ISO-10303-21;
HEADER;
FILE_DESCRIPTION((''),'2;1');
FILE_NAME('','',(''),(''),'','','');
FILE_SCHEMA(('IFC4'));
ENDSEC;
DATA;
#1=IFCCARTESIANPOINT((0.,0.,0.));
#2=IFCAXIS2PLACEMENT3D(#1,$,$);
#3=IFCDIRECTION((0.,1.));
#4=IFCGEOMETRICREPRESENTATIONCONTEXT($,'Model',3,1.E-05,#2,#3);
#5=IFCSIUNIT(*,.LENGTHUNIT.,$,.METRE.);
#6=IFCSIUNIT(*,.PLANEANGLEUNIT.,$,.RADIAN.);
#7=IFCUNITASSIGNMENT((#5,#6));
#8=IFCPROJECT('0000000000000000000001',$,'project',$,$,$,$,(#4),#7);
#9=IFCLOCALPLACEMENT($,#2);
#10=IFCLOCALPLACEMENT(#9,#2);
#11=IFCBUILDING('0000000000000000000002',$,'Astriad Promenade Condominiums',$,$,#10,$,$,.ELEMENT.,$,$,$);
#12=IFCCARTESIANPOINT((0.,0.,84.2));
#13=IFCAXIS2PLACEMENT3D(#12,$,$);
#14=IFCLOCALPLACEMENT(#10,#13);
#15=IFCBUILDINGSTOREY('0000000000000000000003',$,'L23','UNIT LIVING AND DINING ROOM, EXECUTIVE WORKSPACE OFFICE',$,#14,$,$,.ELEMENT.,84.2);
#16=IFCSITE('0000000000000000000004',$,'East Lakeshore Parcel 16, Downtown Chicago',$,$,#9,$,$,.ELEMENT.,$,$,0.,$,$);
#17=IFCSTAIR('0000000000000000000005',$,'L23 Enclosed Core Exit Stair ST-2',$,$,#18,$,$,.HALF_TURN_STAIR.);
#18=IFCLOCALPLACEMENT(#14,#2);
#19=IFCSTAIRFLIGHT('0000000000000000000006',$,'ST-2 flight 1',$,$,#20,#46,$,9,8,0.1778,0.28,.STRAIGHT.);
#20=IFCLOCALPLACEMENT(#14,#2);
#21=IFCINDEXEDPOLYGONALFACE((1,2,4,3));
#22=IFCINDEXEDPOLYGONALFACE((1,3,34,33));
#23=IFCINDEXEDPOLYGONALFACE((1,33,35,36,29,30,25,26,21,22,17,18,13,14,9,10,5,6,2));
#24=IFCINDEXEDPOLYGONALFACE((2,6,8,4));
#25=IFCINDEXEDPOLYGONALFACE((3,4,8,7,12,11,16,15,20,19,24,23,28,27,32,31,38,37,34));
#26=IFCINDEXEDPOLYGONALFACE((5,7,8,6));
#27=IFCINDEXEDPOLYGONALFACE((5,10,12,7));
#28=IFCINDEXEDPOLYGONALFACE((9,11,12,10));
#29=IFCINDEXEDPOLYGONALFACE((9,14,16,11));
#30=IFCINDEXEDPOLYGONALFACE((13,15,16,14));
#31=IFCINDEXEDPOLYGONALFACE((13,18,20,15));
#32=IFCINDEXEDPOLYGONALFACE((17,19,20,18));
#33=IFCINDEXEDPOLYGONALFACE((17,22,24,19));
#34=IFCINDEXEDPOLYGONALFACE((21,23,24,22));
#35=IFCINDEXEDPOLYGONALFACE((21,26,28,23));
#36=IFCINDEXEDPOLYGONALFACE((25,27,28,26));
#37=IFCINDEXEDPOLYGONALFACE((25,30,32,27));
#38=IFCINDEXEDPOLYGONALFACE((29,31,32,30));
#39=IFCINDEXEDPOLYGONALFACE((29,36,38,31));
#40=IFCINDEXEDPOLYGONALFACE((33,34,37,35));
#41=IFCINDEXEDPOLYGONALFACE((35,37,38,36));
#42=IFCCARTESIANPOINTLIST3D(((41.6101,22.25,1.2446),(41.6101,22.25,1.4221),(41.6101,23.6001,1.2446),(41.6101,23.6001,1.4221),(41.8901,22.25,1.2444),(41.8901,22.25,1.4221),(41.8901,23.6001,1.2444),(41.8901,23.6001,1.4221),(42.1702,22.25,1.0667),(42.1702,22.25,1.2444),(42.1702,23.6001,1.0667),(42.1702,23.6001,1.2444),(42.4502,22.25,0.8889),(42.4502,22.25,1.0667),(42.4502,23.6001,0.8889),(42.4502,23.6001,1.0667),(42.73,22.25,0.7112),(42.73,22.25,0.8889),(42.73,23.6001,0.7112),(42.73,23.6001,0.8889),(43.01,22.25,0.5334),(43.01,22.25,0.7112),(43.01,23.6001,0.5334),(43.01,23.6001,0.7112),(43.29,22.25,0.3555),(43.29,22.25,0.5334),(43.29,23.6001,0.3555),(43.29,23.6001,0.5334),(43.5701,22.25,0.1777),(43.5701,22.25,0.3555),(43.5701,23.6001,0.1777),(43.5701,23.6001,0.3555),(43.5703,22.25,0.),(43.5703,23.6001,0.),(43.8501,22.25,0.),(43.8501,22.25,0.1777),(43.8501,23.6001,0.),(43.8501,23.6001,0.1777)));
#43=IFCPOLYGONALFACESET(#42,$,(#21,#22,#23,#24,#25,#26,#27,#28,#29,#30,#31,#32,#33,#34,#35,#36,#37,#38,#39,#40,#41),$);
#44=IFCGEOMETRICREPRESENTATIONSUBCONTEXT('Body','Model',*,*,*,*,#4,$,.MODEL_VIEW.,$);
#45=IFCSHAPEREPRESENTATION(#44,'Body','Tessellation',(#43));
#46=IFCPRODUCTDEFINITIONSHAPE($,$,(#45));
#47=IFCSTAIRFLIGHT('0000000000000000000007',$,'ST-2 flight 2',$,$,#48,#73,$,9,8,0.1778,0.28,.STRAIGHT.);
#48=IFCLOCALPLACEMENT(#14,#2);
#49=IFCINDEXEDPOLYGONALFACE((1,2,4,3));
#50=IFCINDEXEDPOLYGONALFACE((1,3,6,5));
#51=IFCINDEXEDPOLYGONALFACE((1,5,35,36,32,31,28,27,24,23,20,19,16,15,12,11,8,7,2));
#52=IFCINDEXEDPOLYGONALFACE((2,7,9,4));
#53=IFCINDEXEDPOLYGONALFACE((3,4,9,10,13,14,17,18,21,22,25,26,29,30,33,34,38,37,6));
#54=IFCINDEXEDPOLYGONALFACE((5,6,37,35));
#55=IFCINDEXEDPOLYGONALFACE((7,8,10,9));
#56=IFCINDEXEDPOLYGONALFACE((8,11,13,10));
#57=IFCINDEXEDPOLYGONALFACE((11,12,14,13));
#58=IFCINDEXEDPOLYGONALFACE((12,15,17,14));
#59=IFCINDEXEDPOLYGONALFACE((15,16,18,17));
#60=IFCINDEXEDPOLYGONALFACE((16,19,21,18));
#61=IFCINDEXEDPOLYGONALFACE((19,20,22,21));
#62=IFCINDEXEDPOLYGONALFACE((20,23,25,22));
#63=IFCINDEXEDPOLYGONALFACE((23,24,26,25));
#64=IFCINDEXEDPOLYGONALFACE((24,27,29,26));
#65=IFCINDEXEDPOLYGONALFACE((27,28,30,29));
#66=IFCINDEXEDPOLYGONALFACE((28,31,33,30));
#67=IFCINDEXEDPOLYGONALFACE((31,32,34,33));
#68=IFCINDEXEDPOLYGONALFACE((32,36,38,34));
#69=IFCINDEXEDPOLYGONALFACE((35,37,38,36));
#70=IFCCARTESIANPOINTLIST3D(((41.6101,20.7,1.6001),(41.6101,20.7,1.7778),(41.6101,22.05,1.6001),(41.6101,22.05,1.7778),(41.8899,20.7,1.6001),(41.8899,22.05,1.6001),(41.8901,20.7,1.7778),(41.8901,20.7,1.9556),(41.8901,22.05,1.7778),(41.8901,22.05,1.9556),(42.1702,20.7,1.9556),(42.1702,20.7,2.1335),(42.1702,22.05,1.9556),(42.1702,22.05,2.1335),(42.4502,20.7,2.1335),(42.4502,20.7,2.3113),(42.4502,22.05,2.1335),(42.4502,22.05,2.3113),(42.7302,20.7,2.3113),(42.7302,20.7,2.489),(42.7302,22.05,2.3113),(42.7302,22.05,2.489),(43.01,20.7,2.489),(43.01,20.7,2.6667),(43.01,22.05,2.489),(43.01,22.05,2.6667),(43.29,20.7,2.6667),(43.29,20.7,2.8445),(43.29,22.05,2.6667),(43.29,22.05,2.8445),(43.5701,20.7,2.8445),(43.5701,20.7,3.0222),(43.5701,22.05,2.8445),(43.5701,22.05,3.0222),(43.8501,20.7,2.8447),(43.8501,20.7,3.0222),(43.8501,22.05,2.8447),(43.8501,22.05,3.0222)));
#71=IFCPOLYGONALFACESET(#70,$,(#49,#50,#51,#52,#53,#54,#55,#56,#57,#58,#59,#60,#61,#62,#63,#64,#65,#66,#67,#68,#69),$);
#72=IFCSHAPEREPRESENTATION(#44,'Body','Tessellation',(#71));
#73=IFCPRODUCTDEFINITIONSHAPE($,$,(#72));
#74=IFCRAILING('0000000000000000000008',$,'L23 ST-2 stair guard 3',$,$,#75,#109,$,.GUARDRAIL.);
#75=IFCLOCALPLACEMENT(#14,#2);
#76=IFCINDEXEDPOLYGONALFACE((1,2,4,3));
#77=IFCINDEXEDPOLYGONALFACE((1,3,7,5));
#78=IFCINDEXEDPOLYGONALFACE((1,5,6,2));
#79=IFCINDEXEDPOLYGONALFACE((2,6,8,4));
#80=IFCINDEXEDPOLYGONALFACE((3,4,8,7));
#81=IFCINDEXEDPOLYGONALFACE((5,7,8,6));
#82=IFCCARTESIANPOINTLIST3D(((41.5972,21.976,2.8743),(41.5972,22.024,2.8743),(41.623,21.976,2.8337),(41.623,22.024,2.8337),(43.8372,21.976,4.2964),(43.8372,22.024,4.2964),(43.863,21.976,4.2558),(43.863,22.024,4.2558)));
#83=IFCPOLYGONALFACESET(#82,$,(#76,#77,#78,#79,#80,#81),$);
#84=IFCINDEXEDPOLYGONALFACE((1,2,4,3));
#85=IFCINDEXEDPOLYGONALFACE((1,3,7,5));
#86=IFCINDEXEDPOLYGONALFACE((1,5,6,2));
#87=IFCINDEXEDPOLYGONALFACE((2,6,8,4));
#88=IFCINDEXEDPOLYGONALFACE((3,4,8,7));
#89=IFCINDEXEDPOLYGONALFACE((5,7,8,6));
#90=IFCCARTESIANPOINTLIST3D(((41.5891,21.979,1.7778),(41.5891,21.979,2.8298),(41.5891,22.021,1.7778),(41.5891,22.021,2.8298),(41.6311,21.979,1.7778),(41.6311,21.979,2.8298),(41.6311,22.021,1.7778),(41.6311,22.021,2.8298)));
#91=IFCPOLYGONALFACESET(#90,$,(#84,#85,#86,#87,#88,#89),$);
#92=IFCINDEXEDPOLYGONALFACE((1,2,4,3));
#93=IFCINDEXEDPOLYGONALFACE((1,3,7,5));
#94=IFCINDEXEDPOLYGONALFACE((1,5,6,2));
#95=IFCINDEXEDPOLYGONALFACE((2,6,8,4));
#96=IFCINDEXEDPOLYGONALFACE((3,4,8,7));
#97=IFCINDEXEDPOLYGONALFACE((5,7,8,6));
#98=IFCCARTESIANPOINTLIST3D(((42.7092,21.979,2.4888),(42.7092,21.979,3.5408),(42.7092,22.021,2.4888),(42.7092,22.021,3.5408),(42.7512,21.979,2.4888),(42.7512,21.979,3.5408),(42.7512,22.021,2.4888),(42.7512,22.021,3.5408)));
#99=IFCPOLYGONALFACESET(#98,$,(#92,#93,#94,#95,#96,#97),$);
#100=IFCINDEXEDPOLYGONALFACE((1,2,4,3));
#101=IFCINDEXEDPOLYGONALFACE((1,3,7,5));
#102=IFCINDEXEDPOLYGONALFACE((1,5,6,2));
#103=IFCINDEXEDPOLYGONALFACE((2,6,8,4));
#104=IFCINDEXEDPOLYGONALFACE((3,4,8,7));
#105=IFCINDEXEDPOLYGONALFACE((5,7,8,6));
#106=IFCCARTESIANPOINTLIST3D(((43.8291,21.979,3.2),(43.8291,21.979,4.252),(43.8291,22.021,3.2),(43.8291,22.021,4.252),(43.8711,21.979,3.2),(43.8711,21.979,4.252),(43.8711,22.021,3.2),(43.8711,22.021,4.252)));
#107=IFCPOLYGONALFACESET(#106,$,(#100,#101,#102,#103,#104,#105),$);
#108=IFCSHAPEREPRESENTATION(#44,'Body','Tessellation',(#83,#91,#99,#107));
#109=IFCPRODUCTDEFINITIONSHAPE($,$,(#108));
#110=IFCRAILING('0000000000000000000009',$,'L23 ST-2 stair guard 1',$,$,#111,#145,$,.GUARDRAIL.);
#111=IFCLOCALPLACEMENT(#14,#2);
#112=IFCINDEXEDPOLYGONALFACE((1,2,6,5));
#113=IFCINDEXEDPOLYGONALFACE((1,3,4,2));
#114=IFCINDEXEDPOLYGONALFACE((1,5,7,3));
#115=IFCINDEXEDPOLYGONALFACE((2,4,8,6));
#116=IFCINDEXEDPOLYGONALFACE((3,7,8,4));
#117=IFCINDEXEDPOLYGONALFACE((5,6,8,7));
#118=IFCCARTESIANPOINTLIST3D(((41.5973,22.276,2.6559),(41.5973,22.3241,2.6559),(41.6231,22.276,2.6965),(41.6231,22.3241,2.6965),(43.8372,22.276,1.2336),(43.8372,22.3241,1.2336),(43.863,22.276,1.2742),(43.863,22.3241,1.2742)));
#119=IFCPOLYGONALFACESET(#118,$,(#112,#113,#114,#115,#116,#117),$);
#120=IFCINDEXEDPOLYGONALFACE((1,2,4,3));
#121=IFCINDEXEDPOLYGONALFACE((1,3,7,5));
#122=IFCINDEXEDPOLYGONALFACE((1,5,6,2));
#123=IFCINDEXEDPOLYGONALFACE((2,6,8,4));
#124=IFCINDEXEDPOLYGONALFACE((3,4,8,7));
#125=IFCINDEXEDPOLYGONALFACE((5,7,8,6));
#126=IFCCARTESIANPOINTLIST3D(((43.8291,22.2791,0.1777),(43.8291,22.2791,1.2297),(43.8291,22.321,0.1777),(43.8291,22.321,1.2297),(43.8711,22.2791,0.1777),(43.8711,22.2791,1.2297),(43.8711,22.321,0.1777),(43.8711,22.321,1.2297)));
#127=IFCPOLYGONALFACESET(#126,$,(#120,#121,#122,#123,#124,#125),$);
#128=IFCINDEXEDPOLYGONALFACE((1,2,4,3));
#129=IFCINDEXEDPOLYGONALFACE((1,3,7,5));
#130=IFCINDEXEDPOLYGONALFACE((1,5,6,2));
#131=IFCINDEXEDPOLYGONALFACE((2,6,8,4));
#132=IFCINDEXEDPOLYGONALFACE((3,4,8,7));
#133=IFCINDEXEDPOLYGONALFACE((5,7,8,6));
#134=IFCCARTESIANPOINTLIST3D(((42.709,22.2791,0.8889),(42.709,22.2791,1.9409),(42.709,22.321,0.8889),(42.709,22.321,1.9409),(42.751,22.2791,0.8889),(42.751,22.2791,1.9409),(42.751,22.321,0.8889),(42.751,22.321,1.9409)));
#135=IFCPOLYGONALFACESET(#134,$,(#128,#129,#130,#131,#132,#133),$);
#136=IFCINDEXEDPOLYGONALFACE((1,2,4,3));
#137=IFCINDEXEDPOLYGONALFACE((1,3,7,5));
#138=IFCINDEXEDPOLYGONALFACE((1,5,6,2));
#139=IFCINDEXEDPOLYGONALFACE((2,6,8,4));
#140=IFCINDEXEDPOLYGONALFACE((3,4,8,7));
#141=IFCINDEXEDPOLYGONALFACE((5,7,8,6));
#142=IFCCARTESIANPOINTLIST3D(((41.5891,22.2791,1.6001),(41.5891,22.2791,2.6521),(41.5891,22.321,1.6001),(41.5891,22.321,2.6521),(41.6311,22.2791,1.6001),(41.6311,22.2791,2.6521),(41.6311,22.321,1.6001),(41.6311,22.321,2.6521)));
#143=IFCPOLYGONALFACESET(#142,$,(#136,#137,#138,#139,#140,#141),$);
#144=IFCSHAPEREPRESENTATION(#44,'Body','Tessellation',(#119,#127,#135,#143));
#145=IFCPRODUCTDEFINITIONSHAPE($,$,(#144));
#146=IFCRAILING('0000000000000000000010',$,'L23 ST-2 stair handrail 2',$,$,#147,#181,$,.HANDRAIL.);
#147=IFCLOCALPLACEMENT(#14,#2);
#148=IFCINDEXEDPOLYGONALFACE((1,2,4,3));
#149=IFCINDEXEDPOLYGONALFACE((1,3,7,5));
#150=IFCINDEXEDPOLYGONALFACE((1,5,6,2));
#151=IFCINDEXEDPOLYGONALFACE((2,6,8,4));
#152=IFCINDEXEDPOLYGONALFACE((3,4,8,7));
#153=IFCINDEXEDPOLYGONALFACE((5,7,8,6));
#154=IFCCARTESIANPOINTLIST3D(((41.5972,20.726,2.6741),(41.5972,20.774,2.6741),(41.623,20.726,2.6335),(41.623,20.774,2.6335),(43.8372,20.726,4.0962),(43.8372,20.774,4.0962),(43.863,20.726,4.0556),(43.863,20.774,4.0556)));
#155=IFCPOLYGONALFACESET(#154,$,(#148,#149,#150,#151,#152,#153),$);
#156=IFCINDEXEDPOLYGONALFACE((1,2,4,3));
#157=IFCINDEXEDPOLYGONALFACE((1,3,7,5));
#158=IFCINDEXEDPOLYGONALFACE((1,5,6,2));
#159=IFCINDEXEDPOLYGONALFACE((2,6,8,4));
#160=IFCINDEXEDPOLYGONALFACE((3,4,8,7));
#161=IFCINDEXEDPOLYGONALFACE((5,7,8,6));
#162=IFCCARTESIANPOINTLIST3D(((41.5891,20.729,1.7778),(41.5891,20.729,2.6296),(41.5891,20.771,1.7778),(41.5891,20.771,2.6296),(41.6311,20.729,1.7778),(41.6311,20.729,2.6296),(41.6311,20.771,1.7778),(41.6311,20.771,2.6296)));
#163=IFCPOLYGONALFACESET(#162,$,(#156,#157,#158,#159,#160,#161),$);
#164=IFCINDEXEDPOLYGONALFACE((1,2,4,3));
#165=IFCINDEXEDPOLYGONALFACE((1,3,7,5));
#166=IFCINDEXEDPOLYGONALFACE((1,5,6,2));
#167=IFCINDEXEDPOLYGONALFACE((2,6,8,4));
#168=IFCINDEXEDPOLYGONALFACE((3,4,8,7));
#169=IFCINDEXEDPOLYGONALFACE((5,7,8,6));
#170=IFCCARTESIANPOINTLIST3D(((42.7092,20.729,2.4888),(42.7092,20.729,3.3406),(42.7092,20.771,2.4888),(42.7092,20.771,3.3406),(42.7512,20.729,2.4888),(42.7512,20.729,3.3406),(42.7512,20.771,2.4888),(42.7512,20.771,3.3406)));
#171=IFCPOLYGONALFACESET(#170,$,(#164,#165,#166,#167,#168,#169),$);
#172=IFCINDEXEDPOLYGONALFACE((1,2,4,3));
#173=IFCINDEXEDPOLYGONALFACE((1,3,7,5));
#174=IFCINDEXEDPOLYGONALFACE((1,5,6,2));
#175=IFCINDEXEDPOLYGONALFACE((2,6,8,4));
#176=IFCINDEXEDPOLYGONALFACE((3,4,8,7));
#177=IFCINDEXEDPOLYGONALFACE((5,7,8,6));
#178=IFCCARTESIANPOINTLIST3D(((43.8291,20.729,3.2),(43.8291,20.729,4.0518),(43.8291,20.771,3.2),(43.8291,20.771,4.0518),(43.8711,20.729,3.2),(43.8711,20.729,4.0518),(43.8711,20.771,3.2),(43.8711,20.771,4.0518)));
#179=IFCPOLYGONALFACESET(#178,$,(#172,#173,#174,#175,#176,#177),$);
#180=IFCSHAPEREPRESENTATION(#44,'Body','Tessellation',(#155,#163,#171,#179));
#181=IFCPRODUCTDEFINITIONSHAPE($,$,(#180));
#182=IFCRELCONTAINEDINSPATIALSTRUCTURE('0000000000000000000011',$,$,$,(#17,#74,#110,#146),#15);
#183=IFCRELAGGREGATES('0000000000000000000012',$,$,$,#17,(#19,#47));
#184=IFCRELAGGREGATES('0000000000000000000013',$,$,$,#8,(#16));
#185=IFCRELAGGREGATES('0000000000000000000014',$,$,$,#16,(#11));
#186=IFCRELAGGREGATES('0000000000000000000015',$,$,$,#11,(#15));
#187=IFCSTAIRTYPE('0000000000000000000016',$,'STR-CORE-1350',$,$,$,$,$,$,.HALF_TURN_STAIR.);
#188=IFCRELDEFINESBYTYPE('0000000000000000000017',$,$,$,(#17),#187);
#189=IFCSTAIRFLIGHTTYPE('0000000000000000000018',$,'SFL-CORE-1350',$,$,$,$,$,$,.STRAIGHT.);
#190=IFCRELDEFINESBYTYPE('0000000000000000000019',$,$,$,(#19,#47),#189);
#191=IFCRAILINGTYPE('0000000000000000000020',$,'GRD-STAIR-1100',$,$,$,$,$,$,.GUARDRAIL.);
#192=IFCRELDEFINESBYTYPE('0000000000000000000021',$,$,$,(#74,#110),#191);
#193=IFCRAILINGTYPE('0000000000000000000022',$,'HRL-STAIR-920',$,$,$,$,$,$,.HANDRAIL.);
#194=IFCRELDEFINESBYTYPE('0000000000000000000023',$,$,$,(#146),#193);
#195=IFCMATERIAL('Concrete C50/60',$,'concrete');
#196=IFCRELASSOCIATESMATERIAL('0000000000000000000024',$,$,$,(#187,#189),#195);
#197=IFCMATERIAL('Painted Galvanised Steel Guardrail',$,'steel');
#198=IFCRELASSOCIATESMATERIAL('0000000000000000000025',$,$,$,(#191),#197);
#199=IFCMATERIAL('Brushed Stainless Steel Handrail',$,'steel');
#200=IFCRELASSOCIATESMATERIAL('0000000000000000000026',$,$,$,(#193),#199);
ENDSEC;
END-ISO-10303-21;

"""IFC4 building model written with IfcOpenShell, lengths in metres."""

from ifc_helpers import new_model, si_unit, direction, frame, origin, origin_2d, place, context, subcontext, project, spatial, polyline, rectangle, outline, extrude, source, transform, mapped, material, type_object, type_shapes, element, aggregate, save


model = new_model("IFC4")

# Units and contexts
model_context = context("Model", 3, precision=1e-05, world=origin(), true_north=direction((0.0, 1.0)))
body_context = subcontext(model_context, "Body", "Model", "MODEL_VIEW")
ifc_project = project(units=[si_unit("LENGTHUNIT", "METRE"), si_unit("PLANEANGLEUNIT", "RADIAN")], contexts=[model_context])

# Site, building, storey
site_placement = place(None, origin())
site = spatial("IfcSite", under=ifc_project, at=site_placement, Name="East Lakeshore Parcel 16, Downtown Chicago", CompositionType="ELEMENT", RefElevation=0.0)
building_placement = place(site_placement, origin())
building = spatial("IfcBuilding", under=site, at=building_placement, Name="Astriad Promenade Condominiums", CompositionType="ELEMENT")
storey_placement = place(building_placement, frame((0.0, 0.0, 84.2)))
storey = spatial("IfcBuildingStorey", under=building, at=storey_placement, Name="L23", Description="UNIT LIVING AND DINING ROOM, EXECUTIVE WORKSPACE OFFICE", CompositionType="ELEMENT", Elevation=84.2)

# Shared definitions
ifc_material_1 = material(Name="Concrete C50/60", Category="concrete")

# Stair, stair flights
stair_type = type_object("IfcStairType", Name="STR-CORE-1350", PredefinedType="HALF_TURN_STAIR", material=ifc_material_1)
stair_placement = place(storey_placement, origin())
stair = element("IfcStair", 1, at=stair_placement, inside=storey, type_object=stair_type, Name="L23 Enclosed Core Exit Stair ST-2", PredefinedType="HALF_TURN_STAIR")
stair_flight_type = type_object("IfcStairFlightType", Name="SFL-CORE-1350", PredefinedType="STRAIGHT", material=ifc_material_1)
shared_shape_1 = source(origin(), body_context, "Body", "SweptSolid", [
    extrude(outline(polyline([(0.0, 0.0), (0.0, 0.1777), (0.28, 0.1777), (0.28, 0.3555), (0.5601, 0.3555), (0.5601, 0.5334), (0.8401, 0.5334), (0.8401, 0.7112), (1.1201, 0.7112), (1.1201, 0.8889), (1.3999, 0.8889), (1.3999, 1.0667), (1.6799, 1.0667), (1.6799, 1.2444), (1.96, 1.2444), (1.96, 1.4221), (2.24, 1.4221), (2.24, 1.6001), (2.24, 1.2446), (0.2798, 0.0), (0.0, 0.0)])), frame((0.0, 0.675, 0.0), z_axis=(0.0, -1.0, 0.0), x_axis=(1.0, 0.0, 0.0)), (0.0, 0.0, 1.0), 1.3501),
])
type_shapes(stair_flight_type, [shared_shape_1])
stair_flight_1_placement = place(storey_placement, frame((43.8501, 22.925, 0.0), z_axis=(0.0, 0.0, 1.0), x_axis=(-1.0, 0.0, 0.0)))
stair_flight_1 = element("IfcStairFlight", 2, at=stair_flight_1_placement, type_object=stair_flight_type, Name="ST-2 flight 1", NumberOfRisers=9, NumberOfTreads=8, PredefinedType="STRAIGHT", RiserHeight=0.1778, TreadLength=0.28, context=body_context, shape_type="MappedRepresentation", body=[
    mapped(shared_shape_1, transform((0.0, 0.0, 0.0), scale=1.0)),
])
stair_flight_2_placement = place(storey_placement, frame((41.6101, 21.375, 1.6001), z_axis=(0.0, 0.0, 1.0), x_axis=(1.0, 0.0, 0.0)))
stair_flight_2 = element("IfcStairFlight", 3, at=stair_flight_2_placement, type_object=stair_flight_type, Name="ST-2 flight 2", NumberOfRisers=9, NumberOfTreads=8, PredefinedType="STRAIGHT", RiserHeight=0.1778, TreadLength=0.28, context=body_context, shape_type="MappedRepresentation", body=[
    mapped(shared_shape_1, transform((0.0, 0.0, 0.0), scale=1.0)),
])
aggregate(stair, [stair_flight_1, stair_flight_2])

# Railings
ifc_material_2 = material(Name="Painted Galvanised Steel Guardrail", Category="steel")
railing_type_1 = type_object("IfcRailingType", Name="GRD-STAIR-1100", PredefinedType="GUARDRAIL", material=ifc_material_2)
shared_shape_2 = source(origin(), body_context, "Body", "SweptSolid", [
    extrude(rectangle(XDim=0.0481, YDim=0.0481, at=origin_2d()), frame((0.0, 0.0, 1.0762), z_axis=(0.844229, 0.0, 0.535982), x_axis=(0.0, 1.0, 0.0)), (0.0, 0.0, 1.0), 2.6533),
    extrude(rectangle(XDim=0.042, YDim=0.042, at=origin_2d()), origin(), (0.0, 0.0, 1.0), 1.052),
    extrude(rectangle(XDim=0.042, YDim=0.042, at=origin_2d()), frame((1.1201, 0.0, 0.7109)), (0.0, 0.0, 1.0), 1.052),
    extrude(rectangle(XDim=0.042, YDim=0.042, at=origin_2d()), frame((2.24, 0.0, 1.4221)), (0.0, 0.0, 1.0), 1.052),
])
railing_1_placement = place(storey_placement, frame((41.6101, 22.0, 1.7778)))
element("IfcRailing", 4, at=railing_1_placement, inside=storey, type_object=railing_type_1, Name="L23 ST-2 stair guard 3", PredefinedType="GUARDRAIL", context=body_context, shape_type="MappedRepresentation", body=[
    mapped(shared_shape_2, transform((0.0, 0.0, 0.0), scale=1.0)),
])
shared_shape_3 = source(origin(), body_context, "Body", "SweptSolid", [
    extrude(rectangle(XDim=0.0481, YDim=0.0481, at=origin_2d()), frame((0.0, 0.0, 1.0762), z_axis=(-0.844188, 0.0, 0.536048), x_axis=(0.0, -1.0, 0.0)), (0.0, 0.0, 1.0), 2.6533),
    extrude(rectangle(XDim=0.042, YDim=0.042, at=origin_2d()), origin(), (0.0, 0.0, 1.0), 1.052),
    extrude(rectangle(XDim=0.042, YDim=0.042, at=origin_2d()), frame((-1.1201, 0.0, 0.7112)), (0.0, 0.0, 1.0), 1.052),
    extrude(rectangle(XDim=0.042, YDim=0.042, at=origin_2d()), frame((-2.24, 0.0, 1.4224)), (0.0, 0.0, 1.0), 1.052),
])
railing_2_placement = place(storey_placement, frame((43.8501, 22.3, 0.1777)))
element("IfcRailing", 5, at=railing_2_placement, inside=storey, type_object=railing_type_1, Name="L23 ST-2 stair guard 1", PredefinedType="GUARDRAIL", context=body_context, shape_type="MappedRepresentation", body=[
    mapped(shared_shape_3, transform((0.0, 0.0, 0.0), scale=1.0)),
])
ifc_material_3 = material(Name="Brushed Stainless Steel Handrail", Category="steel")
railing_type_2 = type_object("IfcRailingType", Name="HRL-STAIR-920", PredefinedType="HANDRAIL", material=ifc_material_3)
shared_shape_4 = source(origin(), body_context, "Body", "SweptSolid", [
    extrude(rectangle(XDim=0.0481, YDim=0.0481, at=origin_2d()), frame((0.0, 0.0, 0.876), z_axis=(0.844229, 0.0, 0.535982), x_axis=(0.0, 1.0, 0.0)), (0.0, 0.0, 1.0), 2.6533),
    extrude(rectangle(XDim=0.042, YDim=0.042, at=origin_2d()), origin(), (0.0, 0.0, 1.0), 0.8518),
    extrude(rectangle(XDim=0.042, YDim=0.042, at=origin_2d()), frame((1.1201, 0.0, 0.7109)), (0.0, 0.0, 1.0), 0.8518),
    extrude(rectangle(XDim=0.042, YDim=0.042, at=origin_2d()), frame((2.24, 0.0, 1.4221)), (0.0, 0.0, 1.0), 0.8518),
])
railing_3_placement = place(storey_placement, frame((41.6101, 20.75, 1.7778)))
element("IfcRailing", 6, at=railing_3_placement, inside=storey, type_object=railing_type_2, Name="L23 ST-2 stair handrail 2", PredefinedType="HANDRAIL", context=body_context, shape_type="MappedRepresentation", body=[
    mapped(shared_shape_4, transform((0.0, 0.0, 0.0), scale=1.0)),
])

save(model, "model.ifc")
